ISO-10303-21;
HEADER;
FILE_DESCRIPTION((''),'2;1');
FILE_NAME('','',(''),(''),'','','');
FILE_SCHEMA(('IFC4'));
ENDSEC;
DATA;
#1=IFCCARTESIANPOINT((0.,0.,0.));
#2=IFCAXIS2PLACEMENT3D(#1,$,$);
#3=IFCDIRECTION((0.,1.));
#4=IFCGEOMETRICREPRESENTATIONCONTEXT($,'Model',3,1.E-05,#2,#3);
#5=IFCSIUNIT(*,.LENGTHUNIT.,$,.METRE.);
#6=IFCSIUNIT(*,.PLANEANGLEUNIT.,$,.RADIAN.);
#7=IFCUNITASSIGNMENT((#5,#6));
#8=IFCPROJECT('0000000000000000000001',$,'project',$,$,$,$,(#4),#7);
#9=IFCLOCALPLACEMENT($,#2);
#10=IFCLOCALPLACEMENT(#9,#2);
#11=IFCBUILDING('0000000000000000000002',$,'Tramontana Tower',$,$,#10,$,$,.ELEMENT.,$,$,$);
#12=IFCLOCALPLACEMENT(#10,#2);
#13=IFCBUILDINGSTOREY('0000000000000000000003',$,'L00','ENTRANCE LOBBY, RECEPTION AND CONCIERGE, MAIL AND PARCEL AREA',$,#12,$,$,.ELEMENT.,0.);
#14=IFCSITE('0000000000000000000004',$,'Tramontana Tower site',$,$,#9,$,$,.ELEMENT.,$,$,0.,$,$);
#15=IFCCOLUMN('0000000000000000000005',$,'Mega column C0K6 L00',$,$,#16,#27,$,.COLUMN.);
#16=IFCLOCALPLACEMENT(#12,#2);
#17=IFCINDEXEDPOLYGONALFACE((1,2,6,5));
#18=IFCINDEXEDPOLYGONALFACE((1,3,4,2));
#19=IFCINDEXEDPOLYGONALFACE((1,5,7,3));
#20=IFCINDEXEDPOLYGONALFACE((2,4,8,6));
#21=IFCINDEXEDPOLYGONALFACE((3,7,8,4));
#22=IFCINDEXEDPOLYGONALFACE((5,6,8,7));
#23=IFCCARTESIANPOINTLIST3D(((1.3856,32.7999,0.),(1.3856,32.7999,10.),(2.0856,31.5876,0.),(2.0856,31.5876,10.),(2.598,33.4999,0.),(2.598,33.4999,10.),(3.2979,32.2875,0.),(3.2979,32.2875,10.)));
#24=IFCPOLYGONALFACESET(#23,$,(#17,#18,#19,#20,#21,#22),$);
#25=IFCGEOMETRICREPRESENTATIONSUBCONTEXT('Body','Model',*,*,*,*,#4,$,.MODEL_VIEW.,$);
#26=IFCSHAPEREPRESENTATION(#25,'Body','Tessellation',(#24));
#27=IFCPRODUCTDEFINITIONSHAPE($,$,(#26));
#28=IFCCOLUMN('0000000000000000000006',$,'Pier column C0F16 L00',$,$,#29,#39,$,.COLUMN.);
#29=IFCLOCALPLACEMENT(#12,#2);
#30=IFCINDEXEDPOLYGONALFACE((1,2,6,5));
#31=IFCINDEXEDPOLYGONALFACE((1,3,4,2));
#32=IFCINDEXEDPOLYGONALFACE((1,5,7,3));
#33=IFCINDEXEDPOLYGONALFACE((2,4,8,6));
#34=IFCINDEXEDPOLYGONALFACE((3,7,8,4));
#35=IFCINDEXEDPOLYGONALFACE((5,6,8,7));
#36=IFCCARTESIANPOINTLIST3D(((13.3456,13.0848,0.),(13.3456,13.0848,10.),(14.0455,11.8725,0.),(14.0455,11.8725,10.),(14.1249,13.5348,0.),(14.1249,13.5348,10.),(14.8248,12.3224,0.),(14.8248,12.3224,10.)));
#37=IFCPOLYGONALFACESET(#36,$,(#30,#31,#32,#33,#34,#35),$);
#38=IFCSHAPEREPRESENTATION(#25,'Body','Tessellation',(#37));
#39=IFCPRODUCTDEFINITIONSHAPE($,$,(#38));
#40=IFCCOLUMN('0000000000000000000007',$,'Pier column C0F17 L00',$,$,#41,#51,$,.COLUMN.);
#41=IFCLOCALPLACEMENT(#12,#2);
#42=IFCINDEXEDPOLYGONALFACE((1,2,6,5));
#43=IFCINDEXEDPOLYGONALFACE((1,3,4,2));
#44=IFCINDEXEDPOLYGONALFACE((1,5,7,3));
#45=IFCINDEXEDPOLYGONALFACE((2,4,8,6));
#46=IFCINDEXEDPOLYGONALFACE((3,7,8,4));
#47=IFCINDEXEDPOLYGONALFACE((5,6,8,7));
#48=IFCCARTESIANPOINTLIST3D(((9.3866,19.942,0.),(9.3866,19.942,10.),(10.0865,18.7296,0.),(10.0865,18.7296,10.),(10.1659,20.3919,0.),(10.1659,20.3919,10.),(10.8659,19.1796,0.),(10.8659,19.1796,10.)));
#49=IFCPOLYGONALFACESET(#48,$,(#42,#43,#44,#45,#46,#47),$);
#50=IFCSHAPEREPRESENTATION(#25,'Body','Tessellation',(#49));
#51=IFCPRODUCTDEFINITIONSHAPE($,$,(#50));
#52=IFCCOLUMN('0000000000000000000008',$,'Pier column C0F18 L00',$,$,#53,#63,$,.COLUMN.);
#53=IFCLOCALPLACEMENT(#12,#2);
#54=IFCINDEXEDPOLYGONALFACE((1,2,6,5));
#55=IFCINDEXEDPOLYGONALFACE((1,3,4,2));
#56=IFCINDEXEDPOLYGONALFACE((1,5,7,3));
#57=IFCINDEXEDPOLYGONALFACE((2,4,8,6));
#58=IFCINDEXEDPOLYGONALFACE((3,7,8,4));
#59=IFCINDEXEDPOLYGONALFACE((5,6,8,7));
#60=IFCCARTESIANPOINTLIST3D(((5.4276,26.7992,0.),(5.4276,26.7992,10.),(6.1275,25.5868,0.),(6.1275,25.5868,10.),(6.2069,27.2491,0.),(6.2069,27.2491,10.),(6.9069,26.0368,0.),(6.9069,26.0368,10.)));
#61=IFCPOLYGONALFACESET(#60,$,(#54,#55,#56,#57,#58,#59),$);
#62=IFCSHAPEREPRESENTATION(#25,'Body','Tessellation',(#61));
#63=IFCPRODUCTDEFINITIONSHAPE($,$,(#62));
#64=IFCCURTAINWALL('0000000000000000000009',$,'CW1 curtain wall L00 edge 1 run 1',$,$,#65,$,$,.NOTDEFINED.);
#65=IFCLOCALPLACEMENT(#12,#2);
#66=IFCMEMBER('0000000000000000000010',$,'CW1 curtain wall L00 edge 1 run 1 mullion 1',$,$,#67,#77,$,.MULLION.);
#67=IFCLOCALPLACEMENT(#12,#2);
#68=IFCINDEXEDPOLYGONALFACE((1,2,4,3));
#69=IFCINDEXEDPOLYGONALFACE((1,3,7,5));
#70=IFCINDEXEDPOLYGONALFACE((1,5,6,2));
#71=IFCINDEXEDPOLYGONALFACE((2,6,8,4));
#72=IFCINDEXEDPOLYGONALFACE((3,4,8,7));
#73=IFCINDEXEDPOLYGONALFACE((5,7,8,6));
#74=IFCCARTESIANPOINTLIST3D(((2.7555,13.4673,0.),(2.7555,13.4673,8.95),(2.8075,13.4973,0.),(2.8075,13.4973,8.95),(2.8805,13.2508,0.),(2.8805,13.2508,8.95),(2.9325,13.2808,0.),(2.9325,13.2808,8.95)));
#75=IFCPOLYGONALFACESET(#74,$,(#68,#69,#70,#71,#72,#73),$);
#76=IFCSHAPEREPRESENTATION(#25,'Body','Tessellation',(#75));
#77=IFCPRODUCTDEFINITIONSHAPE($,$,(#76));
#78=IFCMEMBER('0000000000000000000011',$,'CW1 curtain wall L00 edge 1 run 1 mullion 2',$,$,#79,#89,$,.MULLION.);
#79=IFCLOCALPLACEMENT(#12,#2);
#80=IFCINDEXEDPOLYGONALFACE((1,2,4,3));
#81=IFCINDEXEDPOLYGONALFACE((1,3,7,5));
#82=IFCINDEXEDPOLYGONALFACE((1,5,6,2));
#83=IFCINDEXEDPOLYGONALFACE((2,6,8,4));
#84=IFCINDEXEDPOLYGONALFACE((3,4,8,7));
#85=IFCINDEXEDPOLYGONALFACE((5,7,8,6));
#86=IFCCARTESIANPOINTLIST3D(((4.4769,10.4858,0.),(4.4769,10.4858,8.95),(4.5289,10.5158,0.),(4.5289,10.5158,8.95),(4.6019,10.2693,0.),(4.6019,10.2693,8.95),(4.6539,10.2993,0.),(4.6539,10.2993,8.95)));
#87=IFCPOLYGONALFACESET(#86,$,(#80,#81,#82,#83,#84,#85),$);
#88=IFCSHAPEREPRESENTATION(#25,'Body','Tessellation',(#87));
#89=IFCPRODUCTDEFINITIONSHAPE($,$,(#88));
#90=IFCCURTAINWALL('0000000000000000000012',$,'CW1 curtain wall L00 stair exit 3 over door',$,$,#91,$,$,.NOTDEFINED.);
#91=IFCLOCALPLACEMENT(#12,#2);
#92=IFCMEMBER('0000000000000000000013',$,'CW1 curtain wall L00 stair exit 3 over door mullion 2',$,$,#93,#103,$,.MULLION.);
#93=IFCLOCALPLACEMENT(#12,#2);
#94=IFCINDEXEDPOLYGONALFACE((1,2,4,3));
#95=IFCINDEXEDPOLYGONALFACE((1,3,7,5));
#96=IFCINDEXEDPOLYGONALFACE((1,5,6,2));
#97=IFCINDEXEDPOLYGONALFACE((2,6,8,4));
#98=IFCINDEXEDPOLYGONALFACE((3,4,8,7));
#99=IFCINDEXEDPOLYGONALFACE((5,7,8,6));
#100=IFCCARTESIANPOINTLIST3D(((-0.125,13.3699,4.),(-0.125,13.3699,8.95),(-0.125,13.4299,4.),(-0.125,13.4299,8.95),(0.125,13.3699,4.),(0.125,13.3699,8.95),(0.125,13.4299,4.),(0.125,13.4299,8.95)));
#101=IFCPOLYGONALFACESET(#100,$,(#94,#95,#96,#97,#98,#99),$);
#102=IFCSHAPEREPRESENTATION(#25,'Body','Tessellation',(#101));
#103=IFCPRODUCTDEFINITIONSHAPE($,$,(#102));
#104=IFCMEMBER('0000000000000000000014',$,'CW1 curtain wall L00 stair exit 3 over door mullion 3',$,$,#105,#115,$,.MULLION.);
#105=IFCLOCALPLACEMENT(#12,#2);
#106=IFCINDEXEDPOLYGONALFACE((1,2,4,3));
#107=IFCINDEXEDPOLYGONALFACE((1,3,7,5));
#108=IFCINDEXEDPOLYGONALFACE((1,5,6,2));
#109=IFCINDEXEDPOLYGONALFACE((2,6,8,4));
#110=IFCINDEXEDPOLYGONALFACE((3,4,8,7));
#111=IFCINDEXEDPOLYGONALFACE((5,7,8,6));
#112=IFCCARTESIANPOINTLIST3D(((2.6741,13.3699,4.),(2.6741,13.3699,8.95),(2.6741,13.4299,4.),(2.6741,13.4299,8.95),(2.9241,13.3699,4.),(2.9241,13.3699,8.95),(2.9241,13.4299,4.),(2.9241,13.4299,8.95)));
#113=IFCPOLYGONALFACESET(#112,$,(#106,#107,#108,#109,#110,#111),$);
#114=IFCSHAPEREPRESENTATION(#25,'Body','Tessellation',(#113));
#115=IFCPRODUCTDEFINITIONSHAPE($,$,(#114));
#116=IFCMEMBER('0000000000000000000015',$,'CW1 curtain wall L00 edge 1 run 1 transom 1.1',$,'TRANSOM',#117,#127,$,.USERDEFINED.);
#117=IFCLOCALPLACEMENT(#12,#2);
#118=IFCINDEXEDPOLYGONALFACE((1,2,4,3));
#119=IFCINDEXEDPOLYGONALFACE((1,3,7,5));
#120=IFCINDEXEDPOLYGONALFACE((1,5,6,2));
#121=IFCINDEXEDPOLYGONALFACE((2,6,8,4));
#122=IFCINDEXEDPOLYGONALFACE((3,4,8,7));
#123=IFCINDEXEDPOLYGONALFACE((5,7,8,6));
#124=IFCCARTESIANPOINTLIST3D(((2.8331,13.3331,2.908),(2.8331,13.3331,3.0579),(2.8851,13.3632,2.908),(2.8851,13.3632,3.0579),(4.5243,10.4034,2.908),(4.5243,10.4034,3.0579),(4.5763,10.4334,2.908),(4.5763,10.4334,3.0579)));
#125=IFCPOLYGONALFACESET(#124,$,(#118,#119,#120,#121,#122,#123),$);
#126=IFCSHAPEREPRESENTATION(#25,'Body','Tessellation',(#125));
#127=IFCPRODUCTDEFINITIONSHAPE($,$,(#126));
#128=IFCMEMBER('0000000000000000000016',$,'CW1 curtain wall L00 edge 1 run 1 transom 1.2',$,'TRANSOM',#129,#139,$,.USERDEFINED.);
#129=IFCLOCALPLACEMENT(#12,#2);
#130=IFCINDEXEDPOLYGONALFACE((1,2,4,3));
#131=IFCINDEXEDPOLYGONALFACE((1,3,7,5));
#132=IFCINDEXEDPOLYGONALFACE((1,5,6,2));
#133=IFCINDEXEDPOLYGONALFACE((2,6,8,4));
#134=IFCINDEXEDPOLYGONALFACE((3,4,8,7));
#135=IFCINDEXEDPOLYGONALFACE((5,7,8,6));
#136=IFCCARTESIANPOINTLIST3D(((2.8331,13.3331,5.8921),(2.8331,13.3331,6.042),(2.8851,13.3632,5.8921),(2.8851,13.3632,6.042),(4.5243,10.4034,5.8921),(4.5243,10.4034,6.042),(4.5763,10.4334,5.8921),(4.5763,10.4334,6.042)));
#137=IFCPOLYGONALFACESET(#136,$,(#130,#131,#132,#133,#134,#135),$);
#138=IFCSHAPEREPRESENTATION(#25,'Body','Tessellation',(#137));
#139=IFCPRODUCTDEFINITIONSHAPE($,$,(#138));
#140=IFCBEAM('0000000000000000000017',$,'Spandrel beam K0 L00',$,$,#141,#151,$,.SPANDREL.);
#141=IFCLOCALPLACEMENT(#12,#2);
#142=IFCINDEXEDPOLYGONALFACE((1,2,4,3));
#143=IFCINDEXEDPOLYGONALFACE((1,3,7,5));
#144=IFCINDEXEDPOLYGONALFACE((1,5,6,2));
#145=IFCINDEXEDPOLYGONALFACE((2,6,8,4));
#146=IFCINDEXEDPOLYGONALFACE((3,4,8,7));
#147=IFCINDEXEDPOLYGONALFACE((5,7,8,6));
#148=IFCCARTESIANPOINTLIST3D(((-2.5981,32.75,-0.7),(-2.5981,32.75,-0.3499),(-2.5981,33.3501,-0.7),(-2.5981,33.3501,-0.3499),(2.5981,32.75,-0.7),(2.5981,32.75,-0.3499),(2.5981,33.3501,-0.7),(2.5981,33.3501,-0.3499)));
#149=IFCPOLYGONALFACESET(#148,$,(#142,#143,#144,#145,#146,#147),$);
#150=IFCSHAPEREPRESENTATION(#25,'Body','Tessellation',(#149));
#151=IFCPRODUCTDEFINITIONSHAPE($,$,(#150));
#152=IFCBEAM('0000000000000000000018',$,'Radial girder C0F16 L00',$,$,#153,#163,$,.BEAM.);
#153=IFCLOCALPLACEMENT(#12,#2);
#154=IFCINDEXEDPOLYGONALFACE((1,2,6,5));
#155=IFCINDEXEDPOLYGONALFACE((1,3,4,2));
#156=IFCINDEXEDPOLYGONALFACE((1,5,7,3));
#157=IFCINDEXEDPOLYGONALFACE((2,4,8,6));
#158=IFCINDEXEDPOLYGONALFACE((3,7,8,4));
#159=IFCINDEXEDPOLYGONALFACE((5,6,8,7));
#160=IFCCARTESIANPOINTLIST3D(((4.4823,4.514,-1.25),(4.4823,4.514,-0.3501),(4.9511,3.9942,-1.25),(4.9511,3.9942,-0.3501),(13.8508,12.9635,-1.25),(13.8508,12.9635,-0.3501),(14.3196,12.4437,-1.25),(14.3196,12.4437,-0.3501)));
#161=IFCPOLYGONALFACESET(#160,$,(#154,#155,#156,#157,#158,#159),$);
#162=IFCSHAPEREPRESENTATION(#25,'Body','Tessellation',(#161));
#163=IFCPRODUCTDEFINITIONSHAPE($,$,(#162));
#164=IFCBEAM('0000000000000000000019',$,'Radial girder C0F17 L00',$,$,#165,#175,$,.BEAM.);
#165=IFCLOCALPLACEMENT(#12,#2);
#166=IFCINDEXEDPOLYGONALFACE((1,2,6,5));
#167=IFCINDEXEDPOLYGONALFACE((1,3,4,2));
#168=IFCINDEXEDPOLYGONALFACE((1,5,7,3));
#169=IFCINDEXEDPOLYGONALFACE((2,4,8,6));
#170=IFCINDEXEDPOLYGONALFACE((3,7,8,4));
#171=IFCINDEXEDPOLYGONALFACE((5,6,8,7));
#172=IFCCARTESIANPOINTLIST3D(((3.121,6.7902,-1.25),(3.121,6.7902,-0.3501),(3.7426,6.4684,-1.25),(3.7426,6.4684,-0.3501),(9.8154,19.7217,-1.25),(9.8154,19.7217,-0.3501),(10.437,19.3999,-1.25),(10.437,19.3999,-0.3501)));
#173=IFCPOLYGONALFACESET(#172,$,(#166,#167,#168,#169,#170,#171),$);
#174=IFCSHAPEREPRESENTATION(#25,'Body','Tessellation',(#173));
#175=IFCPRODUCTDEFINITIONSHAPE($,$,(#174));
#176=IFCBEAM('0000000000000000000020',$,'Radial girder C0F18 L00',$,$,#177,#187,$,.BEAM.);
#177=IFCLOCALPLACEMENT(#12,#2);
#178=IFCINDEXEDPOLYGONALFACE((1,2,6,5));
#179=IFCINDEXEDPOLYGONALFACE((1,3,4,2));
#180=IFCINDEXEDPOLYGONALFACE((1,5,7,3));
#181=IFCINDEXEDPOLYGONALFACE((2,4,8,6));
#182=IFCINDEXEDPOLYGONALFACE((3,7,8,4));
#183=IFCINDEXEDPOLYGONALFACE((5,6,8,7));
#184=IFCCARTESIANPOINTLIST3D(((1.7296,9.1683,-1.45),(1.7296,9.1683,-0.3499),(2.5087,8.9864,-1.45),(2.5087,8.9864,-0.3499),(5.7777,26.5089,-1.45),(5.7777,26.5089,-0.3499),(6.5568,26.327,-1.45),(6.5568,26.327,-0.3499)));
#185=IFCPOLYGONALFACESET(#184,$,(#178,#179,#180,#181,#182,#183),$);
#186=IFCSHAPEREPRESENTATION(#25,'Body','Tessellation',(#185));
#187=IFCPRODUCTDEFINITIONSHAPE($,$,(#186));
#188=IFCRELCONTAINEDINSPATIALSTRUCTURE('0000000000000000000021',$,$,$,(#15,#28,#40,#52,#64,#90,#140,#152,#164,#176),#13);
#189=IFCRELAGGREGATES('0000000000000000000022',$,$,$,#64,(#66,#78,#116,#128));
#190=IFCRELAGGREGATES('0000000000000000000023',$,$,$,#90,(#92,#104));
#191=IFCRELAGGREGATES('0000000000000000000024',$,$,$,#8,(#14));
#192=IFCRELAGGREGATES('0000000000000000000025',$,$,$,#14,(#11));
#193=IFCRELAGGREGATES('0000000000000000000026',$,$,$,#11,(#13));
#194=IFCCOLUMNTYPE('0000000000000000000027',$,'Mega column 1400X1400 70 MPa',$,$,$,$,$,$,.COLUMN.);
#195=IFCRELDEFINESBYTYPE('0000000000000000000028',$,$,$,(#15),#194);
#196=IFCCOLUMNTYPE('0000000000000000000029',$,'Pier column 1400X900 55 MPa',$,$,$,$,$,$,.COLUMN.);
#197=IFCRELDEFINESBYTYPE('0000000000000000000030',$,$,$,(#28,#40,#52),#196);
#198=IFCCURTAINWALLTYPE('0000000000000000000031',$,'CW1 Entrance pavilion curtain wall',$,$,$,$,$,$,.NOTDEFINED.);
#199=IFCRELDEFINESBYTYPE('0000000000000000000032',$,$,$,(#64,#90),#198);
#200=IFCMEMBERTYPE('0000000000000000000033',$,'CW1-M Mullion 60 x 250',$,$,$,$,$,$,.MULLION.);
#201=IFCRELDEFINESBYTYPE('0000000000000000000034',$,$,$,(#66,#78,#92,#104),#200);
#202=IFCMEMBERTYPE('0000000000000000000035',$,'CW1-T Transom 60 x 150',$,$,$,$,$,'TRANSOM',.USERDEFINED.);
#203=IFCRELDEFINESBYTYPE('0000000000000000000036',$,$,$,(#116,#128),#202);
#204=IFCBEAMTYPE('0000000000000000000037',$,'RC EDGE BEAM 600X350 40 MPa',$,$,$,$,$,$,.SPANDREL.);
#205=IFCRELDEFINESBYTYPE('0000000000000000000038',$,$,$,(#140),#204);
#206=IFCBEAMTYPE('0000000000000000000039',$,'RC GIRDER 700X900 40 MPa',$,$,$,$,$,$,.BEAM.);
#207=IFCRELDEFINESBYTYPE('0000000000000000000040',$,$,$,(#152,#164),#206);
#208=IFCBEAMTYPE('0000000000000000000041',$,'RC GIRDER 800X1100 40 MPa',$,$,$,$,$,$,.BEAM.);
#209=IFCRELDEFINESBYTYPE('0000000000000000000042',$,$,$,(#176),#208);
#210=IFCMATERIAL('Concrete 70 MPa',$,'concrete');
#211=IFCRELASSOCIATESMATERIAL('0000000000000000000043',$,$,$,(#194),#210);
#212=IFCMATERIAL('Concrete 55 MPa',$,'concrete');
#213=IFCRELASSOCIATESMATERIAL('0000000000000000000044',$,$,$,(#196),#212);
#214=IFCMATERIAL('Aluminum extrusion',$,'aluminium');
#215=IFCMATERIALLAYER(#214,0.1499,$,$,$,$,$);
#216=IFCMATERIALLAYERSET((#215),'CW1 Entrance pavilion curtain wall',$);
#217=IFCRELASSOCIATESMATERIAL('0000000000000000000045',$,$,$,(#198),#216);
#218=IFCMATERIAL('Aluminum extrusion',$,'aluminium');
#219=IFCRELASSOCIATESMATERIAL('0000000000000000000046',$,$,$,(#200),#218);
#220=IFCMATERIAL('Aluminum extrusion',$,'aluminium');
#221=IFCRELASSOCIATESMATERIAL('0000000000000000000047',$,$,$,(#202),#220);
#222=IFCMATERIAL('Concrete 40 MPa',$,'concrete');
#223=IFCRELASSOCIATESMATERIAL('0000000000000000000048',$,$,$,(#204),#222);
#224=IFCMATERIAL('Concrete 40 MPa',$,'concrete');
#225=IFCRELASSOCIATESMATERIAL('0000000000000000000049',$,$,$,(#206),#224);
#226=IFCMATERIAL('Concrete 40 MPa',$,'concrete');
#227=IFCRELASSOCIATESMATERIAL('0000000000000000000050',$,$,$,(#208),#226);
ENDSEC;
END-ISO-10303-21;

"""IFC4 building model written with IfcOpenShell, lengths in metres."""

from ifc_helpers import new_model, si_unit, direction, frame, origin, origin_2d, place, context, subcontext, project, spatial, rectangle, extrude, material, layer, layer_set, material_profile, profile_set, type_object, element, aggregate, save


model = new_model("IFC4")

# Units and contexts
model_context = context("Model", 3, precision=1e-05, world=origin(), true_north=direction((0.0, 1.0)))
body_context = subcontext(model_context, "Body", "Model", "MODEL_VIEW")
ifc_project = project(units=[si_unit("LENGTHUNIT", "METRE"), si_unit("PLANEANGLEUNIT", "RADIAN")], contexts=[model_context])

# Site, building, storey
site_placement = place(None, origin())
site = spatial("IfcSite", under=ifc_project, at=site_placement, Name="Tramontana Tower site", CompositionType="ELEMENT", RefElevation=0.0)
building_placement = place(site_placement, origin())
building = spatial("IfcBuilding", under=site, at=building_placement, Name="Tramontana Tower", CompositionType="ELEMENT")
storey_placement = place(building_placement, origin())
storey = spatial("IfcBuildingStorey", under=building, at=storey_placement, Name="L00", Description="ENTRANCE LOBBY, RECEPTION AND CONCIERGE, MAIL AND PARCEL AREA", CompositionType="ELEMENT", Elevation=0.0)

# Columns
ifc_material_1 = material(Name="Concrete 70 MPa", Category="concrete")
ifc_material_profile_1 = material_profile(ifc_material_1, rectangle(XDim=1.3999, YDim=1.3999, at=origin_2d()), Name="Mega column 1400X1400 70 MPa")
ifc_profile_set_1 = profile_set([ifc_material_profile_1], Name="Concrete 70 MPa")
column_type_1 = type_object("IfcColumnType", Name="Mega column 1400X1400 70 MPa", PredefinedType="COLUMN", material=ifc_profile_set_1)
column_placement = place(storey_placement, frame((2.3418, 32.5437, 0.0), z_axis=(0.0, 0.0, 1.0), x_axis=(-0.5, 0.866025, 0.0)))
element("IfcColumn", 1, at=column_placement, inside=storey, type_object=column_type_1, Name="Mega column C0K6 L00", PredefinedType="COLUMN", context=body_context, shape_type="SweptSolid", body=[
    extrude(rectangle(XDim=1.3999, YDim=1.3999, at=origin_2d()), origin(), (0.0, 0.0, 1.0), 10.0),
])
ifc_material_2 = material(Name="Concrete 55 MPa", Category="concrete")
ifc_material_profile_2 = material_profile(ifc_material_2, rectangle(XDim=1.3999, YDim=0.8999, at=origin_2d()), Name="Pier column 1400X900 55 MPa")
ifc_profile_set_2 = profile_set([ifc_material_profile_2], Name="Concrete 55 MPa")
column_type_2 = type_object("IfcColumnType", Name="Pier column 1400X900 55 MPa", PredefinedType="COLUMN", material=ifc_profile_set_2)
for number, where, z_axis, x_axis, name in (
    (2, (14.0852, 12.7036, 0.0), (0.0, 0.0, 1.0), (-0.5, 0.866025, 0.0), "Pier column C0F16 L00"),
    (3, (10.1262, 19.5608, 0.0), (0.0, 0.0, 1.0), (-0.5, 0.866025, 0.0), "Pier column C0F17 L00"),
    (4, (6.1672, 26.418, 0.0), (0.0, 0.0, 1.0), (-0.5, 0.866025, 0.0), "Pier column C0F18 L00"),
):
    element("IfcColumn", number, at=place(storey_placement, frame(where, z_axis=z_axis, x_axis=x_axis)), inside=storey, type_object=column_type_2, Name=name, PredefinedType="COLUMN", context=body_context, shape_type="SweptSolid", body=[
        extrude(rectangle(XDim=1.3999, YDim=0.8999, at=origin_2d()), origin(), (0.0, 0.0, 1.0), 10.0),
    ])

# Curtain walls, members
ifc_material_3 = material(Name="Aluminum extrusion", Category="aluminium")
ifc_layer_1 = layer(ifc_material_3, 0.1499)
ifc_layer_set_1 = layer_set([ifc_layer_1], Name="CW1 Entrance pavilion curtain wall")
curtain_wall_type = type_object("IfcCurtainWallType", Name="CW1 Entrance pavilion curtain wall", PredefinedType="NOTDEFINED", material=ifc_layer_set_1)
curtain_wall_1_placement = place(storey_placement, origin())
curtain_wall_1 = element("IfcCurtainWall", 5, at=curtain_wall_1_placement, inside=storey, type_object=curtain_wall_type, Name="CW1 curtain wall L00 edge 1 run 1", PredefinedType="NOTDEFINED")
ifc_material_4 = material(Name="Aluminum extrusion", Category="aluminium")
ifc_material_profile_3 = material_profile(ifc_material_4, rectangle(XDim=0.0601, YDim=0.25, at=origin_2d()), Name="CW1-M Mullion 60 x 250")
ifc_profile_set_3 = profile_set([ifc_material_profile_3], Name="Aluminum extrusion")
member_type_1 = type_object("IfcMemberType", Name="CW1-M Mullion 60 x 250", PredefinedType="MULLION", material=ifc_profile_set_3)
member_1_placement = place(storey_placement, frame((2.844, 13.374, 0.0), z_axis=(0.0, 0.0, 1.0), x_axis=(0.866025, 0.5, 0.0)))
member_1 = element("IfcMember", 6, at=member_1_placement, type_object=member_type_1, Name="CW1 curtain wall L00 edge 1 run 1 mullion 1", PredefinedType="MULLION", context=body_context, shape_type="SweptSolid", body=[
    extrude(rectangle(XDim=0.0601, YDim=0.25, at=origin_2d()), origin(), (0.0, 0.0, 1.0), 8.95),
])
member_2_placement = place(storey_placement, frame((4.5654, 10.3926, 0.0), z_axis=(0.0, 0.0, 1.0), x_axis=(0.866025, 0.5, 0.0)))
member_2 = element("IfcMember", 7, at=member_2_placement, type_object=member_type_1, Name="CW1 curtain wall L00 edge 1 run 1 mullion 2", PredefinedType="MULLION", context=body_context, shape_type="SweptSolid", body=[
    extrude(rectangle(XDim=0.0601, YDim=0.25, at=origin_2d()), origin(), (0.0, 0.0, 1.0), 8.95),
])
curtain_wall_2_placement = place(storey_placement, origin())
curtain_wall_2 = element("IfcCurtainWall", 8, at=curtain_wall_2_placement, inside=storey, type_object=curtain_wall_type, Name="CW1 curtain wall L00 stair exit 3 over door", PredefinedType="NOTDEFINED")
member_3_placement = place(storey_placement, frame((0.0, 13.3999, 4.0), z_axis=(0.0, 0.0, 1.0), x_axis=(0.0, 1.0, 0.0)))
member_3 = element("IfcMember", 9, at=member_3_placement, type_object=member_type_1, Name="CW1 curtain wall L00 stair exit 3 over door mullion 2", PredefinedType="MULLION", context=body_context, shape_type="SweptSolid", body=[
    extrude(rectangle(XDim=0.0601, YDim=0.25, at=origin_2d()), origin(), (0.0, 0.0, 1.0), 4.95),
])
member_4_placement = place(storey_placement, frame((2.7991, 13.3999, 4.0), z_axis=(0.0, 0.0, 1.0), x_axis=(0.0, 1.0, 0.0)))
member_4 = element("IfcMember", 10, at=member_4_placement, type_object=member_type_1, Name="CW1 curtain wall L00 stair exit 3 over door mullion 3", PredefinedType="MULLION", context=body_context, shape_type="SweptSolid", body=[
    extrude(rectangle(XDim=0.0601, YDim=0.25, at=origin_2d()), origin(), (0.0, 0.0, 1.0), 4.95),
])

# Members
ifc_material_5 = material(Name="Aluminum extrusion", Category="aluminium")
ifc_material_profile_4 = material_profile(ifc_material_5, rectangle(XDim=0.0601, YDim=0.1499, at=origin_2d()), Name="CW1-T Transom 60 x 150")
ifc_profile_set_4 = profile_set([ifc_material_profile_4], Name="Aluminum extrusion")
member_type_2 = type_object("IfcMemberType", Name="CW1-T Transom 60 x 150", ElementType="TRANSOM", PredefinedType="USERDEFINED", material=ifc_profile_set_4)
member_5_placement = place(storey_placement, frame((2.8591, 13.3481, 2.9829), z_axis=(0.499935, -0.866063, 0.0), x_axis=(0.866063, 0.499935, 0.0)))
member_5 = element("IfcMember", 11, at=member_5_placement, type_object=member_type_2, Name="CW1 curtain wall L00 edge 1 run 1 transom 1.1", ObjectType="TRANSOM", PredefinedType="USERDEFINED", context=body_context, shape_type="SweptSolid", body=[
    extrude(rectangle(XDim=0.0601, YDim=0.1499, at=origin_2d()), origin(), (0.0, 0.0, 1.0), 3.3828),
])
member_6_placement = place(storey_placement, frame((2.8591, 13.3481, 5.967), z_axis=(0.499935, -0.866063, 0.0), x_axis=(0.866063, 0.499935, 0.0)))
member_6 = element("IfcMember", 12, at=member_6_placement, type_object=member_type_2, Name="CW1 curtain wall L00 edge 1 run 1 transom 1.2", ObjectType="TRANSOM", PredefinedType="USERDEFINED", context=body_context, shape_type="SweptSolid", body=[
    extrude(rectangle(XDim=0.0601, YDim=0.1499, at=origin_2d()), origin(), (0.0, 0.0, 1.0), 3.3828),
])

# Beams
ifc_material_6 = material(Name="Concrete 40 MPa", Category="concrete")
ifc_material_profile_5 = material_profile(ifc_material_6, rectangle(XDim=0.6001, YDim=0.3501, at=origin_2d()), Name="RC EDGE BEAM 600X350 40 MPa")
ifc_profile_set_5 = profile_set([ifc_material_profile_5], Name="Concrete 40 MPa")
beam_type_1 = type_object("IfcBeamType", Name="RC EDGE BEAM 600X350 40 MPa", PredefinedType="SPANDREL", material=ifc_profile_set_5)
beam_1_placement = place(storey_placement, frame((2.5981, 33.05, -0.5249), z_axis=(-1.0, 0.0, 0.0), x_axis=(0.0, -1.0, 0.0)))
element("IfcBeam", 13, at=beam_1_placement, inside=storey, type_object=beam_type_1, Name="Spandrel beam K0 L00", PredefinedType="SPANDREL", context=body_context, shape_type="SweptSolid", body=[
    extrude(rectangle(XDim=0.6001, YDim=0.3501, at=origin_2d()), origin(), (0.0, 0.0, 1.0), 5.1963),
])
ifc_material_7 = material(Name="Concrete 40 MPa", Category="concrete")
ifc_material_profile_6 = material_profile(ifc_material_7, rectangle(XDim=0.7, YDim=0.8999, at=origin_2d()), Name="RC GIRDER 700X900 40 MPa")
ifc_profile_set_6 = profile_set([ifc_material_profile_6], Name="Concrete 40 MPa")
beam_type_2 = type_object("IfcBeamType", Name="RC GIRDER 700X900 40 MPa", PredefinedType="BEAM", material=ifc_profile_set_6)
beam_2_placement = place(storey_placement, frame((14.0852, 12.7036, -0.8), z_axis=(-0.742588, -0.669748, 0.0), x_axis=(0.669748, -0.742588, 0.0)))
element("IfcBeam", 14, at=beam_2_placement, inside=storey, type_object=beam_type_2, Name="Radial girder C0F16 L00", PredefinedType="BEAM", context=body_context, shape_type="SweptSolid", body=[
    extrude(rectangle(XDim=0.7, YDim=0.8999, at=origin_2d()), origin(), (0.0, 0.0, 1.0), 12.616),
])
beam_3_placement = place(storey_placement, frame((10.1262, 19.5608, -0.8), z_axis=(-0.459731, -0.888058, 0.0), x_axis=(0.888058, -0.459731, 0.0)))
element("IfcBeam", 15, at=beam_3_placement, inside=storey, type_object=beam_type_2, Name="Radial girder C0F17 L00", PredefinedType="BEAM", context=body_context, shape_type="SweptSolid", body=[
    extrude(rectangle(XDim=0.7, YDim=0.8999, at=origin_2d()), origin(), (0.0, 0.0, 1.0), 14.5615),
])
ifc_material_8 = material(Name="Concrete 40 MPa", Category="concrete")
ifc_material_profile_7 = material_profile(ifc_material_8, rectangle(XDim=0.8, YDim=1.1001, at=origin_2d()), Name="RC GIRDER 800X1100 40 MPa")
ifc_profile_set_7 = profile_set([ifc_material_profile_7], Name="Concrete 40 MPa")
beam_type_3 = type_object("IfcBeamType", Name="RC GIRDER 800X1100 40 MPa", PredefinedType="BEAM", material=ifc_profile_set_7)
beam_4_placement = place(storey_placement, frame((6.1672, 26.418, -0.8999), z_axis=(-0.227334, -0.973817, 0.0), x_axis=(0.973817, -0.227334, 0.0)))
element("IfcBeam", 16, at=beam_4_placement, inside=storey, type_object=beam_type_3, Name="Radial girder C0F18 L00", PredefinedType="BEAM", context=body_context, shape_type="SweptSolid", body=[
    extrude(rectangle(XDim=0.8, YDim=1.1001, at=origin_2d()), origin(), (0.0, 0.0, 1.0), 17.8069),
])

aggregate(curtain_wall_1, [member_1, member_2, member_5, member_6])
aggregate(curtain_wall_2, [member_3, member_4])

save(model, "model.ifc")
